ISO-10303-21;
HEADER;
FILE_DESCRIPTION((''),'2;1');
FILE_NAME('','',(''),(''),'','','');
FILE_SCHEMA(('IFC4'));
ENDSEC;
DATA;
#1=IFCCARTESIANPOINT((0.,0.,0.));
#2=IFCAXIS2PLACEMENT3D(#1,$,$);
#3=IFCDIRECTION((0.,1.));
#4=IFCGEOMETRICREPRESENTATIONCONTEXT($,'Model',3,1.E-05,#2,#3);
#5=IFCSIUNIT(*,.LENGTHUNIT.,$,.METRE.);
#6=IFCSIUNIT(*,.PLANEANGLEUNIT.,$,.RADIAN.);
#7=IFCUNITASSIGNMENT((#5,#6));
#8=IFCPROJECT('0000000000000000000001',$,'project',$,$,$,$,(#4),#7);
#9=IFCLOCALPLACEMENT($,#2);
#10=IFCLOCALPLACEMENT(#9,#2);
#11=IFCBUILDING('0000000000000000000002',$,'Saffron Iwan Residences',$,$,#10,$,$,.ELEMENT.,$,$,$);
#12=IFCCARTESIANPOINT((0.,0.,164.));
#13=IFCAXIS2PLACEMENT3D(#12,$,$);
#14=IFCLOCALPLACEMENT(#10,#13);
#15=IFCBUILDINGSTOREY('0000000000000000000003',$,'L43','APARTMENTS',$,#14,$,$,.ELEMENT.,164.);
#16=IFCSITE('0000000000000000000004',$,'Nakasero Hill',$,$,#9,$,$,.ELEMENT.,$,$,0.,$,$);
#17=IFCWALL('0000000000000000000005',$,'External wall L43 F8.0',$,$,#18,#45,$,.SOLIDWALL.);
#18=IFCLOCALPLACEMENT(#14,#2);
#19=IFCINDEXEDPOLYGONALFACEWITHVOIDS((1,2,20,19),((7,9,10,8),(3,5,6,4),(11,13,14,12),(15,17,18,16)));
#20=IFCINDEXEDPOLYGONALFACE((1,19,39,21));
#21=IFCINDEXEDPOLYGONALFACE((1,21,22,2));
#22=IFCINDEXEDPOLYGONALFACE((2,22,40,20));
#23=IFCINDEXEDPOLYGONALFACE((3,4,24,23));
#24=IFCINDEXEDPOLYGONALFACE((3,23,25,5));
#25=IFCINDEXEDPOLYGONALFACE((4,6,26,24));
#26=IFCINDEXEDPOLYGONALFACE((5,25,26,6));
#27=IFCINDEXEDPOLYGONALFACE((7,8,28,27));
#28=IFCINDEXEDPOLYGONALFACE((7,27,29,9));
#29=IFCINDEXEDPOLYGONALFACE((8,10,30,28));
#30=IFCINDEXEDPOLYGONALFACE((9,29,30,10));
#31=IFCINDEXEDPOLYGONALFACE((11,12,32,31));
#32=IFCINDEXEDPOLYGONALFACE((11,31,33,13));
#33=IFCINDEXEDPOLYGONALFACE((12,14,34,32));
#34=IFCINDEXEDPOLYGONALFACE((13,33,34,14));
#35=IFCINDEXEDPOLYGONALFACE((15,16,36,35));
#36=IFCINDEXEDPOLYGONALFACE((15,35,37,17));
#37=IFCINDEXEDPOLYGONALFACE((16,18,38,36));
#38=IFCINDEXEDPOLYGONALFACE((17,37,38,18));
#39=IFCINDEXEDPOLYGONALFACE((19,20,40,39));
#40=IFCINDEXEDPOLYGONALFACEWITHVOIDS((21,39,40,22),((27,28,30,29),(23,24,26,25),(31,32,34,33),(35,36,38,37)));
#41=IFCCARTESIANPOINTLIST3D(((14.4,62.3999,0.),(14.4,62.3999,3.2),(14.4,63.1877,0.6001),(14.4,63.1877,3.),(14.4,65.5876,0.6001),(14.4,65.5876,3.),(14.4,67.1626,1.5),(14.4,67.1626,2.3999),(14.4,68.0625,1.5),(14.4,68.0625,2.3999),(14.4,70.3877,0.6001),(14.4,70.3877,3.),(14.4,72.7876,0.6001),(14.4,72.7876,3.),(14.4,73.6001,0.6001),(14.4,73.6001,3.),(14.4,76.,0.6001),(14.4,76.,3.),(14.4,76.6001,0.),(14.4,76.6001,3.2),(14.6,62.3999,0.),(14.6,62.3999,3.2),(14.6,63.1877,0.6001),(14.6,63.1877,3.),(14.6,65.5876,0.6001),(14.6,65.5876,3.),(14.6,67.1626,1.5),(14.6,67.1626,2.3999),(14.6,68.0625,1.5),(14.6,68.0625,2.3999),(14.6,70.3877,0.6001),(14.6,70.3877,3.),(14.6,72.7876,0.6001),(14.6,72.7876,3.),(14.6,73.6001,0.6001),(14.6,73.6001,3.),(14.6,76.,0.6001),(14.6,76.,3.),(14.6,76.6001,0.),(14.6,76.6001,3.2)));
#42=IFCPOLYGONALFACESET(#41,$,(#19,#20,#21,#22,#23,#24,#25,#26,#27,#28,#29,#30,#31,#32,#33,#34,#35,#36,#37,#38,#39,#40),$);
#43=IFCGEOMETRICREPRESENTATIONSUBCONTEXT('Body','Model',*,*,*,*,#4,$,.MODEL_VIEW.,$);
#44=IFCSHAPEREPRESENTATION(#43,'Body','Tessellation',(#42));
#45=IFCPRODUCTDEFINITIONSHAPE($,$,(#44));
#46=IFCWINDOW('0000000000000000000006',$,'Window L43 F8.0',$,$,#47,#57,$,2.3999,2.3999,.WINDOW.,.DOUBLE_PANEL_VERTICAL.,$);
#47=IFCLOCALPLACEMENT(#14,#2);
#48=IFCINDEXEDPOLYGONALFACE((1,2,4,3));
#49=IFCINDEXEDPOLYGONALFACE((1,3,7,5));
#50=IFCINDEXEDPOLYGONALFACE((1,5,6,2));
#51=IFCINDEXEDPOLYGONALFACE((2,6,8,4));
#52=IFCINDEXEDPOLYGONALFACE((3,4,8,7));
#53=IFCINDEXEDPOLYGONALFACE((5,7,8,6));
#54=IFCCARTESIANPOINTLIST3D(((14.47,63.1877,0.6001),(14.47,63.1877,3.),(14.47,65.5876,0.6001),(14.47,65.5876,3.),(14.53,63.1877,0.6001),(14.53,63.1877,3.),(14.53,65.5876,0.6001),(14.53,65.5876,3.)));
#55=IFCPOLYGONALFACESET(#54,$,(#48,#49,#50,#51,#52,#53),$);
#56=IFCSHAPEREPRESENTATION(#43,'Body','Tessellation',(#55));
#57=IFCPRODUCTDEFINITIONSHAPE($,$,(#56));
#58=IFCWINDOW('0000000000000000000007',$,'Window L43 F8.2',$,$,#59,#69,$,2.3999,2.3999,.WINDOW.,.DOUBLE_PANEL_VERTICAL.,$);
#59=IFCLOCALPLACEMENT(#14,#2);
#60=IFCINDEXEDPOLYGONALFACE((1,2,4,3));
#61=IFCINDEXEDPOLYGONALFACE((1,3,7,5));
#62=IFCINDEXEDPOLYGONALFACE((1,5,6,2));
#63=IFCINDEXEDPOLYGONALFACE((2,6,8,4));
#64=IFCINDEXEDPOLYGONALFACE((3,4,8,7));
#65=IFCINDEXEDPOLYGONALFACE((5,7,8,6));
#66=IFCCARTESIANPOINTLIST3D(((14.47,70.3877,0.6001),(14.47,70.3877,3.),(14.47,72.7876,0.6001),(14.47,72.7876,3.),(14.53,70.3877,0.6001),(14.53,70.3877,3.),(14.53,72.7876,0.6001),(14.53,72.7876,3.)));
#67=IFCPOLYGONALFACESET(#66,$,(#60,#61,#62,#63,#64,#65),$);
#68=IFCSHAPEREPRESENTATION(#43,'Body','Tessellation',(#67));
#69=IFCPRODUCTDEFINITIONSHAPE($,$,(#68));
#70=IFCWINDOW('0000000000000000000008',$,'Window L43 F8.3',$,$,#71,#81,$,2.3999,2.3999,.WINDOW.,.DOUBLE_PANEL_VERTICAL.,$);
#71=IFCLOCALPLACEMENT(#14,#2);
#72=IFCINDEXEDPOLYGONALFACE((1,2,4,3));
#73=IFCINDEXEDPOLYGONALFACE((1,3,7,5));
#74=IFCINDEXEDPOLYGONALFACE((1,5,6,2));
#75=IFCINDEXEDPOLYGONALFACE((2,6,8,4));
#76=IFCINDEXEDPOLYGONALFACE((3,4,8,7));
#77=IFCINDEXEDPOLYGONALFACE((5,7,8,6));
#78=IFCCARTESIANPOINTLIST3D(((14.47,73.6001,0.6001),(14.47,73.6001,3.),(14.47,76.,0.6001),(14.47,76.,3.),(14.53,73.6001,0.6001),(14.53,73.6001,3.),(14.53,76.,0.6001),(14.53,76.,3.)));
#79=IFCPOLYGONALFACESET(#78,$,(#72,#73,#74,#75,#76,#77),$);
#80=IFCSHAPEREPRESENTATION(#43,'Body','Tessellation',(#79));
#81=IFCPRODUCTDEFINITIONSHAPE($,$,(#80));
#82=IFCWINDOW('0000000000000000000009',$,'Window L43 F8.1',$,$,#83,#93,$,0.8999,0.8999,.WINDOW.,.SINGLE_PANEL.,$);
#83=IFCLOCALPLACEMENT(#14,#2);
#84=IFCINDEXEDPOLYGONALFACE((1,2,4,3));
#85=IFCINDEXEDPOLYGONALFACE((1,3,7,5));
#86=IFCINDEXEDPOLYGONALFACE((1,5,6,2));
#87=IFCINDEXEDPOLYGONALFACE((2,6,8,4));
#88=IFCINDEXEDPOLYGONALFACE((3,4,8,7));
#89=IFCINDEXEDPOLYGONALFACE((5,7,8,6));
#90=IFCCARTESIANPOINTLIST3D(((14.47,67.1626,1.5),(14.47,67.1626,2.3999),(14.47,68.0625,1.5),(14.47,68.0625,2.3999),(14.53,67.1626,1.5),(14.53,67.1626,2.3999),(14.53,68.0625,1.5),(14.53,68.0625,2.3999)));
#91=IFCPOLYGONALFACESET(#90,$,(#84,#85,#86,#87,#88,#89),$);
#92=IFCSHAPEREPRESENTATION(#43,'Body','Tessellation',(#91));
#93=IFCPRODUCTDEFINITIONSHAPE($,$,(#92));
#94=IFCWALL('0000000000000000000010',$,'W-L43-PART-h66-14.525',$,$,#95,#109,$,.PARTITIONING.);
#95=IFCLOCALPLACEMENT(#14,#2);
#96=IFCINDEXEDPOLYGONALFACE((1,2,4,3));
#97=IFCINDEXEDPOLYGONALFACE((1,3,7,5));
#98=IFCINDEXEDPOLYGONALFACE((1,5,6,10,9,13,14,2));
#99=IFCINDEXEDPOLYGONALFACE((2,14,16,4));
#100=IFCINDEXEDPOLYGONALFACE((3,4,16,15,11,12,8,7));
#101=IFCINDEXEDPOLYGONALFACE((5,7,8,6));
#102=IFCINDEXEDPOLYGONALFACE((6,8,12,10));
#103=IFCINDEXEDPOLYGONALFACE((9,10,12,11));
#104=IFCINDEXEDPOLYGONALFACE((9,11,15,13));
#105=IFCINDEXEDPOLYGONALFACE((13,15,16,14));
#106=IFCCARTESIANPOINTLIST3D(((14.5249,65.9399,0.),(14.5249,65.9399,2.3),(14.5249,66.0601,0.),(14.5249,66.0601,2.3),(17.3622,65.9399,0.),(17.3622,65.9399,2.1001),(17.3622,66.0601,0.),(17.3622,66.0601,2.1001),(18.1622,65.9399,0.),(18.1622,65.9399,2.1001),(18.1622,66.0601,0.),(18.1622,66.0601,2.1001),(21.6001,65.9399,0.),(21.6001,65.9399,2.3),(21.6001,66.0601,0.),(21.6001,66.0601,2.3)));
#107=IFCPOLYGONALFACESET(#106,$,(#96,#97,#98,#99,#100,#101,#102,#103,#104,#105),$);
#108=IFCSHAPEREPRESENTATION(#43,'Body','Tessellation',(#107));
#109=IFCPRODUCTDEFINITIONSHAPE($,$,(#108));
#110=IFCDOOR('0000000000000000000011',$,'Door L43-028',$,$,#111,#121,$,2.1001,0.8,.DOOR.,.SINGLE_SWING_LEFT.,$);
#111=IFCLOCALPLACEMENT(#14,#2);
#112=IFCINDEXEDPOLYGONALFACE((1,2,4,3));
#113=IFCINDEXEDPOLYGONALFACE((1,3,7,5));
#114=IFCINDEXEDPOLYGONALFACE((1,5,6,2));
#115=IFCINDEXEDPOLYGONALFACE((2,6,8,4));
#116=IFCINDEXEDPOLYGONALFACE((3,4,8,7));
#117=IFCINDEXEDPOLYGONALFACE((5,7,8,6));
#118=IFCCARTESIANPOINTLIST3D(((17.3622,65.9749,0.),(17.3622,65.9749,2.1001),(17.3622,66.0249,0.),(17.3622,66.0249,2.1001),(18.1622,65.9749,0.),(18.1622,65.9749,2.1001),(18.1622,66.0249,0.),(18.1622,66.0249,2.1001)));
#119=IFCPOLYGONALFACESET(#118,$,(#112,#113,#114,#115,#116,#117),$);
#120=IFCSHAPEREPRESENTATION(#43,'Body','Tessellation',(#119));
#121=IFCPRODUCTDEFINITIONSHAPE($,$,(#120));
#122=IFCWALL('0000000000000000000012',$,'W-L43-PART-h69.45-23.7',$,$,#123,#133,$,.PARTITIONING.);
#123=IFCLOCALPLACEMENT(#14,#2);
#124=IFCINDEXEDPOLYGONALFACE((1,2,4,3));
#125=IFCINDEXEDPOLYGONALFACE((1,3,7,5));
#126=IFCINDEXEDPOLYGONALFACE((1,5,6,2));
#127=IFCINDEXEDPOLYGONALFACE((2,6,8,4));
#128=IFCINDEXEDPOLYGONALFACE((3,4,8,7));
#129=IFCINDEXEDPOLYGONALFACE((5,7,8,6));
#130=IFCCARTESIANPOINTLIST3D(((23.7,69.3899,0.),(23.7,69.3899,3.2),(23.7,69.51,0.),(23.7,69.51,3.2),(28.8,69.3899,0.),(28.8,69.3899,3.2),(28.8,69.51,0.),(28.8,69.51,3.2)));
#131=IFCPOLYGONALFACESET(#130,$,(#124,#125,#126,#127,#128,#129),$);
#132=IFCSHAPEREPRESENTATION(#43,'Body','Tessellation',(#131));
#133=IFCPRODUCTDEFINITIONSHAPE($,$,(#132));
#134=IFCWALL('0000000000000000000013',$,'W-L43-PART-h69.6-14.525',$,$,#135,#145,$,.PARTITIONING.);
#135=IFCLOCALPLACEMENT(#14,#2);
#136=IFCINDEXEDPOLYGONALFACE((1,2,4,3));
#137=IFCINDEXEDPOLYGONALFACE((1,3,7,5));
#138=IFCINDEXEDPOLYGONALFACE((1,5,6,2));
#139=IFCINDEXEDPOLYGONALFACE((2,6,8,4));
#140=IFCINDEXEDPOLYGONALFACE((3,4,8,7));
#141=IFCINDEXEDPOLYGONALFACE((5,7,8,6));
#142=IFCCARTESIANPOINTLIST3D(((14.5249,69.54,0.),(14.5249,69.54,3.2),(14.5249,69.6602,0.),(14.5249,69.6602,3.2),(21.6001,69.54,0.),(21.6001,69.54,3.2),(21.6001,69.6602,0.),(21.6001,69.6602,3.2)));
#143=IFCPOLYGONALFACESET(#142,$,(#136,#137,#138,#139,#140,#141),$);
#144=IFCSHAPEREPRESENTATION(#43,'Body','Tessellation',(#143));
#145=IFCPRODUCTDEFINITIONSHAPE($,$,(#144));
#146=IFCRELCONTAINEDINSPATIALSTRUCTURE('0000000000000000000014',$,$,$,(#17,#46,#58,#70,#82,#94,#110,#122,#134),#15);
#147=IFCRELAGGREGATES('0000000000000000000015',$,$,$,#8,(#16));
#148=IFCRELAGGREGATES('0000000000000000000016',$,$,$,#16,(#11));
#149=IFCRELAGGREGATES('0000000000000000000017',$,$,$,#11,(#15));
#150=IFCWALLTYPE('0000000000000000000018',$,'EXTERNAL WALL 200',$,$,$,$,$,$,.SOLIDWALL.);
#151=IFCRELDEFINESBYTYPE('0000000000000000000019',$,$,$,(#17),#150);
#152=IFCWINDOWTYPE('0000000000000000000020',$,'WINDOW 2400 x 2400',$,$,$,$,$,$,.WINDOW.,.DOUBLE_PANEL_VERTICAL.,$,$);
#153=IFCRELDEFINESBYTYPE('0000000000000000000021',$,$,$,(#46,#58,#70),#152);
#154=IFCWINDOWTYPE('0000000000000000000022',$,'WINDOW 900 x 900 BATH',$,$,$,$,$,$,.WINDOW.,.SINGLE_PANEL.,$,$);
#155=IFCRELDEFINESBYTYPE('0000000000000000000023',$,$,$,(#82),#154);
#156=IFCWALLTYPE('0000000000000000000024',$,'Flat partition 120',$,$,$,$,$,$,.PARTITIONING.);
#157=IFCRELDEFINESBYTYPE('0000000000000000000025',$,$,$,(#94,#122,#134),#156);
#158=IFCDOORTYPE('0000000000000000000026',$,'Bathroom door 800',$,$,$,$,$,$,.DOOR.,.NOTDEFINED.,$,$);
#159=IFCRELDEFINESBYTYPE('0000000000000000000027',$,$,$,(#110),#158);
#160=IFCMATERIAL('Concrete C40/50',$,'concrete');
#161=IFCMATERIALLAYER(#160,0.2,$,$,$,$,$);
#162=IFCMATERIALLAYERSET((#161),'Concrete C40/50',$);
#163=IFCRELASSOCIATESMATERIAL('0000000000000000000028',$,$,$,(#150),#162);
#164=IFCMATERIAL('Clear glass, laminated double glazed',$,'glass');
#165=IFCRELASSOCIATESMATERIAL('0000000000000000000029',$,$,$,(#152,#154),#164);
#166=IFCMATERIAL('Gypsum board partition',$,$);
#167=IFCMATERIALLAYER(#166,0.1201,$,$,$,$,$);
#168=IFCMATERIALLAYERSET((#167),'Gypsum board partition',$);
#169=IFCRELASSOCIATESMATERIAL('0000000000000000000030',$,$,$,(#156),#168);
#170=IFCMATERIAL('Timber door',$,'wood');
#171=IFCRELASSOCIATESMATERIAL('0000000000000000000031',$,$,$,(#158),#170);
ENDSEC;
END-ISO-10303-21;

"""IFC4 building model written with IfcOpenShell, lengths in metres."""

from ifc_helpers import new_model, si_unit, direction, frame, frame_2d, origin, place, context, subcontext, project, spatial, rectangle, extrude, material, layer, layer_set, type_object, element, fill, save


model = new_model("IFC4")

# Units and contexts
model_context = context("Model", 3, precision=1e-05, world=origin(), true_north=direction((0.0, 1.0)))
body_context = subcontext(model_context, "Body", "Model", "MODEL_VIEW")
ifc_project = project(units=[si_unit("LENGTHUNIT", "METRE"), si_unit("PLANEANGLEUNIT", "RADIAN")], contexts=[model_context])

# Site, building, storey
site_placement = place(None, origin())
site = spatial("IfcSite", under=ifc_project, at=site_placement, Name="Nakasero Hill", CompositionType="ELEMENT", RefElevation=0.0)
building_placement = place(site_placement, origin())
building = spatial("IfcBuilding", under=site, at=building_placement, Name="Saffron Iwan Residences", CompositionType="ELEMENT")
storey_placement = place(building_placement, frame((0.0, 0.0, 164.0)))
storey = spatial("IfcBuildingStorey", under=building, at=storey_placement, Name="L43", Description="APARTMENTS", CompositionType="ELEMENT", Elevation=164.0)

# Shared definitions
ifc_material_1 = material(Name="Concrete C40/50", Category="concrete")
ifc_layer_1 = layer(ifc_material_1, 0.2)
ifc_layer_set_1 = layer_set([ifc_layer_1], Name="Concrete C40/50")
wall_type_1 = type_object("IfcWallType", Name="EXTERNAL WALL 200", PredefinedType="SOLIDWALL", material=ifc_layer_set_1)
ifc_material_2 = material(Name="Clear glass, laminated double glazed", Category="glass")
window_type_1 = type_object("IfcWindowType", Name="WINDOW 2400 x 2400", PartitioningType="DOUBLE_PANEL_VERTICAL", PredefinedType="WINDOW", material=ifc_material_2)

# Wall, openings, windows
wall_1_placement = place(storey_placement, frame((14.5, 76.6001, 0.0), z_axis=(0.0, 0.0, 1.0), x_axis=(0.0, -1.0, 0.0)))
wall_1 = element("IfcWall", 1, at=wall_1_placement, inside=storey, type_object=wall_type_1, Name="External wall L43 F8.0", PredefinedType="SOLIDWALL", context=body_context, shape_type="SweptSolid", body=[
    extrude(rectangle(XDim=14.2002, YDim=0.2, at=frame_2d((7.1001, 0.0))), origin(), (0.0, 0.0, 1.0), 3.2),
])
opening_1_placement = place(wall_1_placement, frame((11.0125, 0.0, 0.6001)))
opening_1 = element("IfcOpeningElement", 2, at=opening_1_placement, cuts=wall_1, PredefinedType="OPENING", context=body_context, shape_type="SweptSolid", body=[
    extrude(rectangle(XDim=2.3999, YDim=2.3999, at=frame_2d((1.2, 1.2))), frame((0.0, 0.1099, 0.0), z_axis=(0.0, -1.0, 0.0), x_axis=(1.0, 0.0, 0.0)), (0.0, 0.0, 1.0), 0.22),
])
opening_2_placement = place(wall_1_placement, frame((8.5376, 0.0, 1.5)))
opening_2 = element("IfcOpeningElement", 3, at=opening_2_placement, cuts=wall_1, PredefinedType="OPENING", context=body_context, shape_type="SweptSolid", body=[
    extrude(rectangle(XDim=0.8999, YDim=0.8999, at=frame_2d((0.45, 0.45))), frame((0.0, 0.1099, 0.0), z_axis=(0.0, -1.0, 0.0), x_axis=(1.0, 0.0, 0.0)), (0.0, 0.0, 1.0), 0.22),
])
opening_3_placement = place(wall_1_placement, frame((3.8125, 0.0, 0.6001)))
opening_3 = element("IfcOpeningElement", 4, at=opening_3_placement, cuts=wall_1, PredefinedType="OPENING", context=body_context, shape_type="SweptSolid", body=[
    extrude(rectangle(XDim=2.3999, YDim=2.3999, at=frame_2d((1.2, 1.2))), frame((0.0, 0.1099, 0.0), z_axis=(0.0, -1.0, 0.0), x_axis=(1.0, 0.0, 0.0)), (0.0, 0.0, 1.0), 0.22),
])
opening_4_placement = place(wall_1_placement, frame((0.6001, 0.0, 0.6001)))
opening_4 = element("IfcOpeningElement", 5, at=opening_4_placement, cuts=wall_1, PredefinedType="OPENING", context=body_context, shape_type="SweptSolid", body=[
    extrude(rectangle(XDim=2.3999, YDim=2.3999, at=frame_2d((1.2, 1.2))), frame((0.0, 0.1099, 0.0), z_axis=(0.0, -1.0, 0.0), x_axis=(1.0, 0.0, 0.0)), (0.0, 0.0, 1.0), 0.22),
])
window_1_placement = place(opening_1_placement, origin())
window_1 = element("IfcWindow", 6, at=window_1_placement, inside=storey, type_object=window_type_1, Name="Window L43 F8.0", OverallHeight=2.3999, OverallWidth=2.3999, PartitioningType="DOUBLE_PANEL_VERTICAL", PredefinedType="WINDOW", context=body_context, shape_type="SweptSolid", body=[
    extrude(rectangle(XDim=2.3999, YDim=2.3999, at=frame_2d((1.2, 1.2))), frame((0.0, 0.03, 0.0), z_axis=(0.0, -1.0, 0.0), x_axis=(1.0, 0.0, 0.0)), (0.0, 0.0, 1.0), 0.0601),
])
fill(opening_1, window_1)
window_2_placement = place(opening_3_placement, origin())
window_2 = element("IfcWindow", 7, at=window_2_placement, inside=storey, type_object=window_type_1, Name="Window L43 F8.2", OverallHeight=2.3999, OverallWidth=2.3999, PartitioningType="DOUBLE_PANEL_VERTICAL", PredefinedType="WINDOW", context=body_context, shape_type="SweptSolid", body=[
    extrude(rectangle(XDim=2.3999, YDim=2.3999, at=frame_2d((1.2, 1.2))), frame((0.0, 0.03, 0.0), z_axis=(0.0, -1.0, 0.0), x_axis=(1.0, 0.0, 0.0)), (0.0, 0.0, 1.0), 0.0601),
])
fill(opening_3, window_2)
window_3_placement = place(opening_4_placement, origin())
window_3 = element("IfcWindow", 8, at=window_3_placement, inside=storey, type_object=window_type_1, Name="Window L43 F8.3", OverallHeight=2.3999, OverallWidth=2.3999, PartitioningType="DOUBLE_PANEL_VERTICAL", PredefinedType="WINDOW", context=body_context, shape_type="SweptSolid", body=[
    extrude(rectangle(XDim=2.3999, YDim=2.3999, at=frame_2d((1.2, 1.2))), frame((0.0, 0.03, 0.0), z_axis=(0.0, -1.0, 0.0), x_axis=(1.0, 0.0, 0.0)), (0.0, 0.0, 1.0), 0.0601),
])
fill(opening_4, window_3)
window_type_2 = type_object("IfcWindowType", Name="WINDOW 900 x 900 BATH", PartitioningType="SINGLE_PANEL", PredefinedType="WINDOW", material=ifc_material_2)
window_4_placement = place(opening_2_placement, origin())
window_4 = element("IfcWindow", 9, at=window_4_placement, inside=storey, type_object=window_type_2, Name="Window L43 F8.1", OverallHeight=0.8999, OverallWidth=0.8999, PartitioningType="SINGLE_PANEL", PredefinedType="WINDOW", context=body_context, shape_type="SweptSolid", body=[
    extrude(rectangle(XDim=0.8999, YDim=0.8999, at=frame_2d((0.45, 0.45))), frame((0.0, 0.03, 0.0), z_axis=(0.0, -1.0, 0.0), x_axis=(1.0, 0.0, 0.0)), (0.0, 0.0, 1.0), 0.0601),
])
fill(opening_2, window_4)

# Wall, opening, door
ifc_material_3 = material(Name="Gypsum board partition")
ifc_layer_2 = layer(ifc_material_3, 0.1201)
ifc_layer_set_2 = layer_set([ifc_layer_2], Name="Gypsum board partition")
wall_type_2 = type_object("IfcWallType", Name="Flat partition 120", PredefinedType="PARTITIONING", material=ifc_layer_set_2)
wall_2_placement = place(storey_placement, frame((14.5249, 66.0, 0.0), z_axis=(0.0, 0.0, 1.0), x_axis=(1.0, 0.0, 0.0)))
wall_2 = element("IfcWall", 10, at=wall_2_placement, inside=storey, type_object=wall_type_2, Name="W-L43-PART-h66-14.525", PredefinedType="PARTITIONING", context=body_context, shape_type="SweptSolid", body=[
    extrude(rectangle(XDim=7.0752, YDim=0.1201, at=frame_2d((3.5376, 0.0))), origin(), (0.0, 0.0, 1.0), 2.3),
])
opening_5_placement = place(wall_2_placement, frame((2.8374, 0.0, 0.0)))
opening_5 = element("IfcOpeningElement", 11, at=opening_5_placement, cuts=wall_2, PredefinedType="OPENING", context=body_context, shape_type="SweptSolid", body=[
    extrude(rectangle(XDim=0.8, YDim=2.1001, at=frame_2d((0.3999, 1.05))), frame((0.0, 0.0701, 0.0), z_axis=(0.0, -1.0, 0.0), x_axis=(1.0, 0.0, 0.0)), (0.0, 0.0, 1.0), 0.1401),
])
ifc_material_4 = material(Name="Timber door", Category="wood")
door_type_1 = type_object("IfcDoorType", Name="Bathroom door 800", OperationType="NOTDEFINED", PredefinedType="DOOR", material=ifc_material_4)
door_1_placement = place(opening_5_placement, origin())
door_1 = element("IfcDoor", 12, at=door_1_placement, inside=storey, type_object=door_type_1, Name="Door L43-028", OperationType="SINGLE_SWING_LEFT", OverallHeight=2.1001, OverallWidth=0.8, PredefinedType="DOOR", context=body_context, shape_type="SweptSolid", body=[
    extrude(rectangle(XDim=0.8, YDim=2.1001, at=frame_2d((0.3999, 1.05))), frame((0.0, 0.0249, 0.0), z_axis=(0.0, -1.0, 0.0), x_axis=(1.0, 0.0, 0.0)), (0.0, 0.0, 1.0), 0.05),
])
fill(opening_5, door_1)

# Walls
wall_3_placement = place(storey_placement, frame((23.7, 69.45, 0.0), z_axis=(0.0, 0.0, 1.0), x_axis=(1.0, 0.0, 0.0)))
element("IfcWall", 13, at=wall_3_placement, inside=storey, type_object=wall_type_2, Name="W-L43-PART-h69.45-23.7", PredefinedType="PARTITIONING", context=body_context, shape_type="SweptSolid", body=[
    extrude(rectangle(XDim=5.1001, YDim=0.1201, at=frame_2d((2.55, 0.0))), origin(), (0.0, 0.0, 1.0), 3.2),
])
wall_4_placement = place(storey_placement, frame((14.5249, 69.6001, 0.0), z_axis=(0.0, 0.0, 1.0), x_axis=(1.0, 0.0, 0.0)))
element("IfcWall", 14, at=wall_4_placement, inside=storey, type_object=wall_type_2, Name="W-L43-PART-h69.6-14.525", PredefinedType="PARTITIONING", context=body_context, shape_type="SweptSolid", body=[
    extrude(rectangle(XDim=7.0752, YDim=0.1201, at=frame_2d((3.5376, 0.0))), origin(), (0.0, 0.0, 1.0), 3.2),
])

save(model, "model.ifc")
